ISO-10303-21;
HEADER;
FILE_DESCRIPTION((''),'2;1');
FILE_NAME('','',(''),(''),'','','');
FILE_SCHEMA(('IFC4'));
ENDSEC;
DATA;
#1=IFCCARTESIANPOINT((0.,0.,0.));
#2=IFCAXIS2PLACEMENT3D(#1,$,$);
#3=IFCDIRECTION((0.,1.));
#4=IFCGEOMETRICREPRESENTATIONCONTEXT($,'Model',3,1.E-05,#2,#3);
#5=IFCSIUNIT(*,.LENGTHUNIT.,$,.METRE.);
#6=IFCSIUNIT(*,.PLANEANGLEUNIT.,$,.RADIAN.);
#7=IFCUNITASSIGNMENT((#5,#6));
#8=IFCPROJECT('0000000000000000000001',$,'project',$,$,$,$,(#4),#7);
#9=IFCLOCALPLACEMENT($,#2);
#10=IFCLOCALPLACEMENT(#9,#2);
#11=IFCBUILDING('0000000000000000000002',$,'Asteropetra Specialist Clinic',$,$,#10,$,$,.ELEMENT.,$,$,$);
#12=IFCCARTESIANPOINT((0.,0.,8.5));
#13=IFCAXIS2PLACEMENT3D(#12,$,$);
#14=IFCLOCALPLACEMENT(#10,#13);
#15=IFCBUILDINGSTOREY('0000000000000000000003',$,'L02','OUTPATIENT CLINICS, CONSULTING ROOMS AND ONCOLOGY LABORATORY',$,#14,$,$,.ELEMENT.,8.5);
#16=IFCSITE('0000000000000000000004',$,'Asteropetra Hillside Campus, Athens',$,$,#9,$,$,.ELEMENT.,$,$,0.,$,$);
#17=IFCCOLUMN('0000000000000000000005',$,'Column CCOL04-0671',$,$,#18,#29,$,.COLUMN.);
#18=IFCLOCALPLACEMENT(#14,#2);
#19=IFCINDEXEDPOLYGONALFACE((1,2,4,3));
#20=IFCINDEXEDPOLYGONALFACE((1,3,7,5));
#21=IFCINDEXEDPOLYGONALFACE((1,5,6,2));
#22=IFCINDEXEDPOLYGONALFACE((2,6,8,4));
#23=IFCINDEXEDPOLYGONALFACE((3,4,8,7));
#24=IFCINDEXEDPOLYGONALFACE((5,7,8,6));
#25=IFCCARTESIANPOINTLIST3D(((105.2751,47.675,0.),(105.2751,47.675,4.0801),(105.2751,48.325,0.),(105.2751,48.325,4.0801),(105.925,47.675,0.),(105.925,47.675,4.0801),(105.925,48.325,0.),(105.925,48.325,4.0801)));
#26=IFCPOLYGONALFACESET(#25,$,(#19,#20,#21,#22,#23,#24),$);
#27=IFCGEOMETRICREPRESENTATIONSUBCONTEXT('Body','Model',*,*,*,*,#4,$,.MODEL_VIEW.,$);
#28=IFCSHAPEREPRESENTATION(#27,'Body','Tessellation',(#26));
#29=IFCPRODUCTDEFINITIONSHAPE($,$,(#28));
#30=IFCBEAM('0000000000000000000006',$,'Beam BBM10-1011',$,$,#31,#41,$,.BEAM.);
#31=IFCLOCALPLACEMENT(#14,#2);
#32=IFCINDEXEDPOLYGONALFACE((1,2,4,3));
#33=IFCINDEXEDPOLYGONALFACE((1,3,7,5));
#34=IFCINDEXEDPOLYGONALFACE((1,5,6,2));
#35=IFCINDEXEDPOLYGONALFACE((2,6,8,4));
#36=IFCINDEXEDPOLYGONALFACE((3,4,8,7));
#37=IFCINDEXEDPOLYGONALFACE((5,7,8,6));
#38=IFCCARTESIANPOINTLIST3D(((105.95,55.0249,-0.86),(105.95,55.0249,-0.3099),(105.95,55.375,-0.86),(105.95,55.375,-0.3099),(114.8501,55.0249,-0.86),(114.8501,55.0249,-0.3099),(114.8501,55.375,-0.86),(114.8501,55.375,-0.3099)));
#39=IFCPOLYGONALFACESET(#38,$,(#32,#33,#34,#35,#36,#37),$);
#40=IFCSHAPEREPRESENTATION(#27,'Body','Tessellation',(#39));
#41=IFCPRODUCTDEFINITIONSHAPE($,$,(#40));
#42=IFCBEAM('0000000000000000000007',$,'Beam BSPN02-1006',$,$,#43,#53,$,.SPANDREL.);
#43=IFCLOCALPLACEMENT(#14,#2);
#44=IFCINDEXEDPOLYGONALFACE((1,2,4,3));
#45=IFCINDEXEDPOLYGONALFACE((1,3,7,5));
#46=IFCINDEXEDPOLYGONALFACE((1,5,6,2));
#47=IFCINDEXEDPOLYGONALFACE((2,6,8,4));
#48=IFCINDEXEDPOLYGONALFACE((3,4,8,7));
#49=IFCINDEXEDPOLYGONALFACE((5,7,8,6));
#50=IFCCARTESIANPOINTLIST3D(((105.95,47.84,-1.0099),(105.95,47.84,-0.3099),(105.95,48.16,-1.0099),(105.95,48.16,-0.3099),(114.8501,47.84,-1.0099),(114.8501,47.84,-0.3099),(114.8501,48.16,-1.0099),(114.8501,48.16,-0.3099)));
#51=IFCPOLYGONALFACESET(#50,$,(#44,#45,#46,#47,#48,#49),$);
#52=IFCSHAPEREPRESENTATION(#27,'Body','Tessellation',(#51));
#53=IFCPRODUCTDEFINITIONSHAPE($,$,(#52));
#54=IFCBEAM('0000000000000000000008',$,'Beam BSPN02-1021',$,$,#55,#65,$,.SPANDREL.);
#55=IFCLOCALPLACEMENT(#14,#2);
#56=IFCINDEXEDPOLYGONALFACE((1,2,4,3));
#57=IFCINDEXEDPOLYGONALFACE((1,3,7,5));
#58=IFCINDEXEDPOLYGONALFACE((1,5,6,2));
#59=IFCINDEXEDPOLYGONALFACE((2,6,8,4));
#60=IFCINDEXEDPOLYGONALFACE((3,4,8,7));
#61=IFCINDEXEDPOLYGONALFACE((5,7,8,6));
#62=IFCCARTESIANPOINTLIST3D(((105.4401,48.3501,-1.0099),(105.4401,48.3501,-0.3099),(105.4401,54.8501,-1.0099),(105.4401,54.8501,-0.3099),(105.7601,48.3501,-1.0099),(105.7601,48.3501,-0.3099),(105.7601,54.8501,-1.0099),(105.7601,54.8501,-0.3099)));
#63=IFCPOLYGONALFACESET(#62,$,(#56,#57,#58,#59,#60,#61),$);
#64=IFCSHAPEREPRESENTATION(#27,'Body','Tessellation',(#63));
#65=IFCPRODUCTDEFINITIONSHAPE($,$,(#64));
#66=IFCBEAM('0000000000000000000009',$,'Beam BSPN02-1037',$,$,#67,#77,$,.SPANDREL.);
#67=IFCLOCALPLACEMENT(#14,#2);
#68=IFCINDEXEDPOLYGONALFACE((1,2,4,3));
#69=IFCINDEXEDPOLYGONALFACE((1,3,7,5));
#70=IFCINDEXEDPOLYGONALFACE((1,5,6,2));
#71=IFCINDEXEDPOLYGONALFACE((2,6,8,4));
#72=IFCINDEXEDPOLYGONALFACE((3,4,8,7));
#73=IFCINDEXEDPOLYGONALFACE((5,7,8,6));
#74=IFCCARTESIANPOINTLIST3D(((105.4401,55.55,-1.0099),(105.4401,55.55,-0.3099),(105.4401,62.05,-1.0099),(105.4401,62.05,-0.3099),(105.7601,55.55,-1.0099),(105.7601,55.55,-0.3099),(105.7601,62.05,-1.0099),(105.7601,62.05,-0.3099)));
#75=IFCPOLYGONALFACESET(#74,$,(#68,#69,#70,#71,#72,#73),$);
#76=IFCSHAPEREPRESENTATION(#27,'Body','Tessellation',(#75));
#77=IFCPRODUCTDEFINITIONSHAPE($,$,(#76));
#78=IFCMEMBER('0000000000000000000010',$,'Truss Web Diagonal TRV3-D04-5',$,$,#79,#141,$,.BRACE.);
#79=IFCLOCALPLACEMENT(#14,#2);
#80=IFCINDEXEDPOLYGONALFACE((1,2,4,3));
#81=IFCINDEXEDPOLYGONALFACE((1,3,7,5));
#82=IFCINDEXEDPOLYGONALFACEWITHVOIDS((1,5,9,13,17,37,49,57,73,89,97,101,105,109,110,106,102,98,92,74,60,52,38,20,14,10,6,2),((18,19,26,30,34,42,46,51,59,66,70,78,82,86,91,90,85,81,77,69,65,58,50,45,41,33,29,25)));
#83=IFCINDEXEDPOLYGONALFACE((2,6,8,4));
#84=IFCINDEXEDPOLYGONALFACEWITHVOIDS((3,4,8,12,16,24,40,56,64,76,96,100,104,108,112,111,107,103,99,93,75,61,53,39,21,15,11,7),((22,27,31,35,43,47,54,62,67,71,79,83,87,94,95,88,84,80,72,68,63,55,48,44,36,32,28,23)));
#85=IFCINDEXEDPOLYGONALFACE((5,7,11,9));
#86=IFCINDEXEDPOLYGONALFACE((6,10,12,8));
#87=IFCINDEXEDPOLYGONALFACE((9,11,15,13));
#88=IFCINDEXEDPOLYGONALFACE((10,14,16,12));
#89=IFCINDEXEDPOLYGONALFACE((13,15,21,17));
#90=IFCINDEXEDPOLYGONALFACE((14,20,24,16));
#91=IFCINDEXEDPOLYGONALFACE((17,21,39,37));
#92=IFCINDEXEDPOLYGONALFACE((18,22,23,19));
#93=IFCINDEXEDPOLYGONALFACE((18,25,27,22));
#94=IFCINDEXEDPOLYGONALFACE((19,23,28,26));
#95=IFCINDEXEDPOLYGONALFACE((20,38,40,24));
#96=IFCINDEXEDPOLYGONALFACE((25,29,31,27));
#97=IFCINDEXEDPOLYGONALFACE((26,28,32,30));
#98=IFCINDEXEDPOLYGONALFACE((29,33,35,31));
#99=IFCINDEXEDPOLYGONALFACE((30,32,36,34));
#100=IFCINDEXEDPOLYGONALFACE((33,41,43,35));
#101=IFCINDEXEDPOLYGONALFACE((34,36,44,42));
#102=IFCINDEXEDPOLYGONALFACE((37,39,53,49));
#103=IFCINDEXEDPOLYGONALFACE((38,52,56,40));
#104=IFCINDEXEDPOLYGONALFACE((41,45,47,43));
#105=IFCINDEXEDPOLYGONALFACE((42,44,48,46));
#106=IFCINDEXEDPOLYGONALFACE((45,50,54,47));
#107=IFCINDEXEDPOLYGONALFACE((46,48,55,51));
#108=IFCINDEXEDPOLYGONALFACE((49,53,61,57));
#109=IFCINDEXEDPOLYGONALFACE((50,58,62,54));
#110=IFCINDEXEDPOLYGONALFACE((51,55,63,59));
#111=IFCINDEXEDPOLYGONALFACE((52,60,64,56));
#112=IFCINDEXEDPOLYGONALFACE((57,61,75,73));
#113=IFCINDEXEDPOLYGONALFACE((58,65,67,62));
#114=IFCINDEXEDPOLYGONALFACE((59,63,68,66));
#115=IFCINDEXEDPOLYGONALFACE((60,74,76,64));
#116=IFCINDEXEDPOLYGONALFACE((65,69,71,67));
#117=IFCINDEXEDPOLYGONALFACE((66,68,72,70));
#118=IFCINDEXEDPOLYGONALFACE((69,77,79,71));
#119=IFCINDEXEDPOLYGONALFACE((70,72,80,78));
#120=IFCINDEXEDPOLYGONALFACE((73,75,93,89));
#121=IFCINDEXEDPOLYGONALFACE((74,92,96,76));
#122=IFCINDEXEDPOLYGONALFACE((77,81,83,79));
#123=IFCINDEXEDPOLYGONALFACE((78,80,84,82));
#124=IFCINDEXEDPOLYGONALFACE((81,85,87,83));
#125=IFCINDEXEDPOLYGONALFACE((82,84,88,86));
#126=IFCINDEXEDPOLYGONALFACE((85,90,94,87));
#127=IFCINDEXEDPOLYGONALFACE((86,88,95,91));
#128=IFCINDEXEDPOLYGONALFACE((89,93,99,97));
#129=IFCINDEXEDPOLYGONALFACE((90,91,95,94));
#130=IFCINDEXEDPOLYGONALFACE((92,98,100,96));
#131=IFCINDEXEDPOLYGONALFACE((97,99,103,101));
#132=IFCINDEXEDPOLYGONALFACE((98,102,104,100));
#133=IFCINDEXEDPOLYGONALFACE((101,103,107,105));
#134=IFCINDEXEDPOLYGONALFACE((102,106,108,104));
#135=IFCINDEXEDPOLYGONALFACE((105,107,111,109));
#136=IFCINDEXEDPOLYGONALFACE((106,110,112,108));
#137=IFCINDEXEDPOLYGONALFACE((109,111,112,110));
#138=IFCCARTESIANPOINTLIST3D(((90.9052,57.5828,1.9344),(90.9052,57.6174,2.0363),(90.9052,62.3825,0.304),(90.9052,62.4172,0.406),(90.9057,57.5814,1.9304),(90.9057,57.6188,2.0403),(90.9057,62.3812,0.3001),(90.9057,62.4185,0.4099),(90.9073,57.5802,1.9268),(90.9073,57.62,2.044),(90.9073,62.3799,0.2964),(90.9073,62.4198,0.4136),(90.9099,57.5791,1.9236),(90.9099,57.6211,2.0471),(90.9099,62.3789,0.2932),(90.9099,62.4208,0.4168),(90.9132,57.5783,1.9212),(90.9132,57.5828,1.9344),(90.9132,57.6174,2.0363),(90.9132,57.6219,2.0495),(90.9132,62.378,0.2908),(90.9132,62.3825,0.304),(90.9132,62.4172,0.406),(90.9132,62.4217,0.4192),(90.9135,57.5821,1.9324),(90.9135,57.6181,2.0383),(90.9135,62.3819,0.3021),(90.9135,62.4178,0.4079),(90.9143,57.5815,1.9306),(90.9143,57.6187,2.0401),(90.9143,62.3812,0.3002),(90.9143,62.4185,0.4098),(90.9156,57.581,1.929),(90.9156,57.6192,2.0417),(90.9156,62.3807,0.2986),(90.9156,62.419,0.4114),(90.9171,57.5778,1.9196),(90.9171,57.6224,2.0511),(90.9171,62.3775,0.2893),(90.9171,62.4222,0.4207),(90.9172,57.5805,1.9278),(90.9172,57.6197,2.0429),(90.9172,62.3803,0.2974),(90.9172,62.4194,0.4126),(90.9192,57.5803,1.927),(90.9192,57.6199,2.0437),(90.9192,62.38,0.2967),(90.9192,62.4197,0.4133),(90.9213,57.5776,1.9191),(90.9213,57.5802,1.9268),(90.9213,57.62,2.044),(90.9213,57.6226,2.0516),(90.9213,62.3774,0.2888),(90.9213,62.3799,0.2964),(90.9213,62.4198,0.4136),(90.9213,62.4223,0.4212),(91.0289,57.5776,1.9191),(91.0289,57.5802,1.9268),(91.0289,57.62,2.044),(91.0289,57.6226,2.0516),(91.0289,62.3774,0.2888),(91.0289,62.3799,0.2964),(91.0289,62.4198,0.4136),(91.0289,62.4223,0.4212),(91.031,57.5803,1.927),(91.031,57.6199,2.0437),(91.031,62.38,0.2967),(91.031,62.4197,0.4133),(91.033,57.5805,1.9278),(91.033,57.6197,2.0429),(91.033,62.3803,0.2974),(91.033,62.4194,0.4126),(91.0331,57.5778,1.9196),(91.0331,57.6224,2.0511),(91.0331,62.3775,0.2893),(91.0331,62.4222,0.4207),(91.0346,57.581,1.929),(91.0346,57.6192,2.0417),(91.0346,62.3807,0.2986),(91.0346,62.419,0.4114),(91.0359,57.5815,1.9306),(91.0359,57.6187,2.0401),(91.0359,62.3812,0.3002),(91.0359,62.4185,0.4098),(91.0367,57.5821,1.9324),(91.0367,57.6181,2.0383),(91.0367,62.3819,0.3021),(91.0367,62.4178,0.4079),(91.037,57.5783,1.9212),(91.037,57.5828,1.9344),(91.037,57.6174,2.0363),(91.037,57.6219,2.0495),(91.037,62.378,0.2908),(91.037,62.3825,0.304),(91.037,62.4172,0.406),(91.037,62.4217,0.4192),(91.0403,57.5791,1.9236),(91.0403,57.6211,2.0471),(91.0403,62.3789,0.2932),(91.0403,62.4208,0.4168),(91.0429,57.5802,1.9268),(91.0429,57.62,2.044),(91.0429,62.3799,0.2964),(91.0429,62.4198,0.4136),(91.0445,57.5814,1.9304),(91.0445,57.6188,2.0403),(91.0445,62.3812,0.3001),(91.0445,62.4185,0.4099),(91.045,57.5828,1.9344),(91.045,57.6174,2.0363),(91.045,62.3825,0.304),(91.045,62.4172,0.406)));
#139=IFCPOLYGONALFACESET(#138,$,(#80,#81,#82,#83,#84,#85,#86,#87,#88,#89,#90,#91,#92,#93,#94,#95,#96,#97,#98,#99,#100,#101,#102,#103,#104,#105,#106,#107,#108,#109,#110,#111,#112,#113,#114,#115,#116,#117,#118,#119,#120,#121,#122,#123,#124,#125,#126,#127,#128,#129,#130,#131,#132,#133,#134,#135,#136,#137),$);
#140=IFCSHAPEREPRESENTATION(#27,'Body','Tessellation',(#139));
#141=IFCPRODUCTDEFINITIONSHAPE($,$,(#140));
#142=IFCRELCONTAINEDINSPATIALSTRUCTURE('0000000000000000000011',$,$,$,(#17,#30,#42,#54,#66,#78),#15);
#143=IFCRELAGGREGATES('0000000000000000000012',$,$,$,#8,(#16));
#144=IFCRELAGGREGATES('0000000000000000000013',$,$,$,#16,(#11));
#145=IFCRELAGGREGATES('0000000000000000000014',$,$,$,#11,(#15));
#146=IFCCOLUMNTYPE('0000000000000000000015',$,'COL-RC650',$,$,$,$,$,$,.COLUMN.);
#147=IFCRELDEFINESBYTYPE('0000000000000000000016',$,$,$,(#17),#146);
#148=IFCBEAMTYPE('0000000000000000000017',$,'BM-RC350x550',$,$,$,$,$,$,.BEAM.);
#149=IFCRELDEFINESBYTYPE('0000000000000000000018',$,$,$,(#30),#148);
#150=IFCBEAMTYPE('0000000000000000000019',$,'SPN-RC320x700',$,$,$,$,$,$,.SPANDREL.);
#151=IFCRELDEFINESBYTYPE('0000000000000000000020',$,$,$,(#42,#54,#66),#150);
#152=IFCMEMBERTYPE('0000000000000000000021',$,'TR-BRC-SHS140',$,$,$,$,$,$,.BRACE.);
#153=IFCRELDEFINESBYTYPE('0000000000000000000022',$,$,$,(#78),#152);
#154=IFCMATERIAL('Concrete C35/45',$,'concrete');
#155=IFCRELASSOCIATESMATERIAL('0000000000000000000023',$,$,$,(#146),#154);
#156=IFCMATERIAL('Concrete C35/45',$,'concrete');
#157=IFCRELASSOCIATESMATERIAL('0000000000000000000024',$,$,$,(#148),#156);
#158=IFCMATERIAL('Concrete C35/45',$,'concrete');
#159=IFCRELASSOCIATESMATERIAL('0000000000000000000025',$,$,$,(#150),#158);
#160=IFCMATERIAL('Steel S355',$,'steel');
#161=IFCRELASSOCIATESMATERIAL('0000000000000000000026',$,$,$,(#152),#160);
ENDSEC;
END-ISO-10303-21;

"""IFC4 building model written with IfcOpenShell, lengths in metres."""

from ifc_helpers import new_model, si_unit, direction, frame, origin, origin_2d, place, context, subcontext, project, spatial, rectangle, hollow_rectangle, extrude, material, material_profile, profile_set, type_object, element, save


model = new_model("IFC4")

# Units and contexts
model_context = context("Model", 3, precision=1e-05, world=origin(), true_north=direction((0.0, 1.0)))
body_context = subcontext(model_context, "Body", "Model", "MODEL_VIEW")
ifc_project = project(units=[si_unit("LENGTHUNIT", "METRE"), si_unit("PLANEANGLEUNIT", "RADIAN")], contexts=[model_context])

# Site, building, storey
site_placement = place(None, origin())
site = spatial("IfcSite", under=ifc_project, at=site_placement, Name="Asteropetra Hillside Campus, Athens", CompositionType="ELEMENT", RefElevation=0.0)
building_placement = place(site_placement, origin())
building = spatial("IfcBuilding", under=site, at=building_placement, Name="Asteropetra Specialist Clinic", CompositionType="ELEMENT")
storey_placement = place(building_placement, frame((0.0, 0.0, 8.5)))
storey = spatial("IfcBuildingStorey", under=building, at=storey_placement, Name="L02", Description="OUTPATIENT CLINICS, CONSULTING ROOMS AND ONCOLOGY LABORATORY", CompositionType="ELEMENT", Elevation=8.5)

# Column
ifc_material_1 = material(Name="Concrete C35/45", Category="concrete")
ifc_material_profile_1 = material_profile(ifc_material_1, rectangle(XDim=0.6499, YDim=0.6499, at=origin_2d()), Name="RC 650x650")
ifc_profile_set_1 = profile_set([ifc_material_profile_1], Name="Concrete C35/45")
column_type = type_object("IfcColumnType", Name="COL-RC650", PredefinedType="COLUMN", material=ifc_profile_set_1)
column_placement = place(storey_placement, frame((105.6001, 48.0, 0.0), z_axis=(0.0, 0.0, 1.0), x_axis=(1.0, 0.0, 0.0)))
element("IfcColumn", 1, at=column_placement, inside=storey, type_object=column_type, Name="Column CCOL04-0671", PredefinedType="COLUMN", context=body_context, shape_type="SweptSolid", body=[
    extrude(rectangle(XDim=0.6499, YDim=0.6499, at=origin_2d()), origin(), (0.0, 0.0, 1.0), 4.0801),
])

# Beams
ifc_material_2 = material(Name="Concrete C35/45", Category="concrete")
ifc_material_profile_2 = material_profile(ifc_material_2, rectangle(XDim=0.3501, YDim=0.55, at=origin_2d()), Name="RCB 350x550")
ifc_profile_set_2 = profile_set([ifc_material_profile_2], Name="Concrete C35/45")
beam_type_1 = type_object("IfcBeamType", Name="BM-RC350x550", PredefinedType="BEAM", material=ifc_profile_set_2)
beam_1_placement = place(storey_placement, frame((105.95, 55.2, -0.585), z_axis=(1.0, 0.0, 0.0), x_axis=(0.0, 1.0, 0.0)))
element("IfcBeam", 2, at=beam_1_placement, inside=storey, type_object=beam_type_1, Name="Beam BBM10-1011", PredefinedType="BEAM", context=body_context, shape_type="SweptSolid", body=[
    extrude(rectangle(XDim=0.3501, YDim=0.55, at=origin_2d()), origin(), (0.0, 0.0, 1.0), 8.9001),
])
ifc_material_3 = material(Name="Concrete C35/45", Category="concrete")
ifc_material_profile_3 = material_profile(ifc_material_3, rectangle(XDim=0.3201, YDim=0.7, at=origin_2d()), Name="RCS 320x700")
ifc_profile_set_3 = profile_set([ifc_material_profile_3], Name="Concrete C35/45")
beam_type_2 = type_object("IfcBeamType", Name="SPN-RC320x700", PredefinedType="SPANDREL", material=ifc_profile_set_3)
beam_2_placement = place(storey_placement, frame((105.95, 48.0, -0.6599), z_axis=(1.0, 0.0, 0.0), x_axis=(0.0, 1.0, 0.0)))
element("IfcBeam", 3, at=beam_2_placement, inside=storey, type_object=beam_type_2, Name="Beam BSPN02-1006", PredefinedType="SPANDREL", context=body_context, shape_type="SweptSolid", body=[
    extrude(rectangle(XDim=0.3201, YDim=0.7, at=origin_2d()), origin(), (0.0, 0.0, 1.0), 8.9001),
])
for number, where, z_axis, x_axis, name in (
    (4, (105.6001, 48.3501, -0.6599), (0.0, 1.0, 0.0), (-1.0, 0.0, 0.0), "Beam BSPN02-1021"),
    (5, (105.6001, 55.55, -0.6599), (0.0, 1.0, 0.0), (-1.0, 0.0, 0.0), "Beam BSPN02-1037"),
):
    element("IfcBeam", number, at=place(storey_placement, frame(where, z_axis=z_axis, x_axis=x_axis)), inside=storey, type_object=beam_type_2, Name=name, PredefinedType="SPANDREL", context=body_context, shape_type="SweptSolid", body=[
        extrude(rectangle(XDim=0.3201, YDim=0.7, at=origin_2d()), origin(), (0.0, 0.0, 1.0), 6.5),
    ])

# Member
ifc_material_4 = material(Name="Steel S355", Category="steel")
ifc_material_profile_4 = material_profile(ifc_material_4, hollow_rectangle(XDim=0.1399, YDim=0.1399, WallThickness=0.0081, InnerFilletRadius=0.0081, OuterFilletRadius=0.0161, at=origin_2d()), Name="SHS 140x140x8.0")
ifc_profile_set_4 = profile_set([ifc_material_profile_4], Name="Steel S355")
member_type_1 = type_object("IfcMemberType", Name="TR-BRC-SHS140", PredefinedType="BRACE", material=ifc_profile_set_4)
member_1_placement = place(storey_placement, frame((90.9751, 57.6001, 1.9854), z_axis=(0.0, 0.946867, -0.321626), x_axis=(-1.0, 0.0, 0.0)))
element("IfcMember", 6, at=member_1_placement, inside=storey, type_object=member_type_1, Name="Truss Web Diagonal TRV3-D04-5", PredefinedType="BRACE", context=body_context, shape_type="SweptSolid", body=[
    extrude(hollow_rectangle(XDim=0.1399, YDim=0.1399, WallThickness=0.0081, InnerFilletRadius=0.0081, OuterFilletRadius=0.0161, at=origin_2d()), origin(), (0.0, 0.0, 1.0), 5.0691),
])

save(model, "model.ifc")
